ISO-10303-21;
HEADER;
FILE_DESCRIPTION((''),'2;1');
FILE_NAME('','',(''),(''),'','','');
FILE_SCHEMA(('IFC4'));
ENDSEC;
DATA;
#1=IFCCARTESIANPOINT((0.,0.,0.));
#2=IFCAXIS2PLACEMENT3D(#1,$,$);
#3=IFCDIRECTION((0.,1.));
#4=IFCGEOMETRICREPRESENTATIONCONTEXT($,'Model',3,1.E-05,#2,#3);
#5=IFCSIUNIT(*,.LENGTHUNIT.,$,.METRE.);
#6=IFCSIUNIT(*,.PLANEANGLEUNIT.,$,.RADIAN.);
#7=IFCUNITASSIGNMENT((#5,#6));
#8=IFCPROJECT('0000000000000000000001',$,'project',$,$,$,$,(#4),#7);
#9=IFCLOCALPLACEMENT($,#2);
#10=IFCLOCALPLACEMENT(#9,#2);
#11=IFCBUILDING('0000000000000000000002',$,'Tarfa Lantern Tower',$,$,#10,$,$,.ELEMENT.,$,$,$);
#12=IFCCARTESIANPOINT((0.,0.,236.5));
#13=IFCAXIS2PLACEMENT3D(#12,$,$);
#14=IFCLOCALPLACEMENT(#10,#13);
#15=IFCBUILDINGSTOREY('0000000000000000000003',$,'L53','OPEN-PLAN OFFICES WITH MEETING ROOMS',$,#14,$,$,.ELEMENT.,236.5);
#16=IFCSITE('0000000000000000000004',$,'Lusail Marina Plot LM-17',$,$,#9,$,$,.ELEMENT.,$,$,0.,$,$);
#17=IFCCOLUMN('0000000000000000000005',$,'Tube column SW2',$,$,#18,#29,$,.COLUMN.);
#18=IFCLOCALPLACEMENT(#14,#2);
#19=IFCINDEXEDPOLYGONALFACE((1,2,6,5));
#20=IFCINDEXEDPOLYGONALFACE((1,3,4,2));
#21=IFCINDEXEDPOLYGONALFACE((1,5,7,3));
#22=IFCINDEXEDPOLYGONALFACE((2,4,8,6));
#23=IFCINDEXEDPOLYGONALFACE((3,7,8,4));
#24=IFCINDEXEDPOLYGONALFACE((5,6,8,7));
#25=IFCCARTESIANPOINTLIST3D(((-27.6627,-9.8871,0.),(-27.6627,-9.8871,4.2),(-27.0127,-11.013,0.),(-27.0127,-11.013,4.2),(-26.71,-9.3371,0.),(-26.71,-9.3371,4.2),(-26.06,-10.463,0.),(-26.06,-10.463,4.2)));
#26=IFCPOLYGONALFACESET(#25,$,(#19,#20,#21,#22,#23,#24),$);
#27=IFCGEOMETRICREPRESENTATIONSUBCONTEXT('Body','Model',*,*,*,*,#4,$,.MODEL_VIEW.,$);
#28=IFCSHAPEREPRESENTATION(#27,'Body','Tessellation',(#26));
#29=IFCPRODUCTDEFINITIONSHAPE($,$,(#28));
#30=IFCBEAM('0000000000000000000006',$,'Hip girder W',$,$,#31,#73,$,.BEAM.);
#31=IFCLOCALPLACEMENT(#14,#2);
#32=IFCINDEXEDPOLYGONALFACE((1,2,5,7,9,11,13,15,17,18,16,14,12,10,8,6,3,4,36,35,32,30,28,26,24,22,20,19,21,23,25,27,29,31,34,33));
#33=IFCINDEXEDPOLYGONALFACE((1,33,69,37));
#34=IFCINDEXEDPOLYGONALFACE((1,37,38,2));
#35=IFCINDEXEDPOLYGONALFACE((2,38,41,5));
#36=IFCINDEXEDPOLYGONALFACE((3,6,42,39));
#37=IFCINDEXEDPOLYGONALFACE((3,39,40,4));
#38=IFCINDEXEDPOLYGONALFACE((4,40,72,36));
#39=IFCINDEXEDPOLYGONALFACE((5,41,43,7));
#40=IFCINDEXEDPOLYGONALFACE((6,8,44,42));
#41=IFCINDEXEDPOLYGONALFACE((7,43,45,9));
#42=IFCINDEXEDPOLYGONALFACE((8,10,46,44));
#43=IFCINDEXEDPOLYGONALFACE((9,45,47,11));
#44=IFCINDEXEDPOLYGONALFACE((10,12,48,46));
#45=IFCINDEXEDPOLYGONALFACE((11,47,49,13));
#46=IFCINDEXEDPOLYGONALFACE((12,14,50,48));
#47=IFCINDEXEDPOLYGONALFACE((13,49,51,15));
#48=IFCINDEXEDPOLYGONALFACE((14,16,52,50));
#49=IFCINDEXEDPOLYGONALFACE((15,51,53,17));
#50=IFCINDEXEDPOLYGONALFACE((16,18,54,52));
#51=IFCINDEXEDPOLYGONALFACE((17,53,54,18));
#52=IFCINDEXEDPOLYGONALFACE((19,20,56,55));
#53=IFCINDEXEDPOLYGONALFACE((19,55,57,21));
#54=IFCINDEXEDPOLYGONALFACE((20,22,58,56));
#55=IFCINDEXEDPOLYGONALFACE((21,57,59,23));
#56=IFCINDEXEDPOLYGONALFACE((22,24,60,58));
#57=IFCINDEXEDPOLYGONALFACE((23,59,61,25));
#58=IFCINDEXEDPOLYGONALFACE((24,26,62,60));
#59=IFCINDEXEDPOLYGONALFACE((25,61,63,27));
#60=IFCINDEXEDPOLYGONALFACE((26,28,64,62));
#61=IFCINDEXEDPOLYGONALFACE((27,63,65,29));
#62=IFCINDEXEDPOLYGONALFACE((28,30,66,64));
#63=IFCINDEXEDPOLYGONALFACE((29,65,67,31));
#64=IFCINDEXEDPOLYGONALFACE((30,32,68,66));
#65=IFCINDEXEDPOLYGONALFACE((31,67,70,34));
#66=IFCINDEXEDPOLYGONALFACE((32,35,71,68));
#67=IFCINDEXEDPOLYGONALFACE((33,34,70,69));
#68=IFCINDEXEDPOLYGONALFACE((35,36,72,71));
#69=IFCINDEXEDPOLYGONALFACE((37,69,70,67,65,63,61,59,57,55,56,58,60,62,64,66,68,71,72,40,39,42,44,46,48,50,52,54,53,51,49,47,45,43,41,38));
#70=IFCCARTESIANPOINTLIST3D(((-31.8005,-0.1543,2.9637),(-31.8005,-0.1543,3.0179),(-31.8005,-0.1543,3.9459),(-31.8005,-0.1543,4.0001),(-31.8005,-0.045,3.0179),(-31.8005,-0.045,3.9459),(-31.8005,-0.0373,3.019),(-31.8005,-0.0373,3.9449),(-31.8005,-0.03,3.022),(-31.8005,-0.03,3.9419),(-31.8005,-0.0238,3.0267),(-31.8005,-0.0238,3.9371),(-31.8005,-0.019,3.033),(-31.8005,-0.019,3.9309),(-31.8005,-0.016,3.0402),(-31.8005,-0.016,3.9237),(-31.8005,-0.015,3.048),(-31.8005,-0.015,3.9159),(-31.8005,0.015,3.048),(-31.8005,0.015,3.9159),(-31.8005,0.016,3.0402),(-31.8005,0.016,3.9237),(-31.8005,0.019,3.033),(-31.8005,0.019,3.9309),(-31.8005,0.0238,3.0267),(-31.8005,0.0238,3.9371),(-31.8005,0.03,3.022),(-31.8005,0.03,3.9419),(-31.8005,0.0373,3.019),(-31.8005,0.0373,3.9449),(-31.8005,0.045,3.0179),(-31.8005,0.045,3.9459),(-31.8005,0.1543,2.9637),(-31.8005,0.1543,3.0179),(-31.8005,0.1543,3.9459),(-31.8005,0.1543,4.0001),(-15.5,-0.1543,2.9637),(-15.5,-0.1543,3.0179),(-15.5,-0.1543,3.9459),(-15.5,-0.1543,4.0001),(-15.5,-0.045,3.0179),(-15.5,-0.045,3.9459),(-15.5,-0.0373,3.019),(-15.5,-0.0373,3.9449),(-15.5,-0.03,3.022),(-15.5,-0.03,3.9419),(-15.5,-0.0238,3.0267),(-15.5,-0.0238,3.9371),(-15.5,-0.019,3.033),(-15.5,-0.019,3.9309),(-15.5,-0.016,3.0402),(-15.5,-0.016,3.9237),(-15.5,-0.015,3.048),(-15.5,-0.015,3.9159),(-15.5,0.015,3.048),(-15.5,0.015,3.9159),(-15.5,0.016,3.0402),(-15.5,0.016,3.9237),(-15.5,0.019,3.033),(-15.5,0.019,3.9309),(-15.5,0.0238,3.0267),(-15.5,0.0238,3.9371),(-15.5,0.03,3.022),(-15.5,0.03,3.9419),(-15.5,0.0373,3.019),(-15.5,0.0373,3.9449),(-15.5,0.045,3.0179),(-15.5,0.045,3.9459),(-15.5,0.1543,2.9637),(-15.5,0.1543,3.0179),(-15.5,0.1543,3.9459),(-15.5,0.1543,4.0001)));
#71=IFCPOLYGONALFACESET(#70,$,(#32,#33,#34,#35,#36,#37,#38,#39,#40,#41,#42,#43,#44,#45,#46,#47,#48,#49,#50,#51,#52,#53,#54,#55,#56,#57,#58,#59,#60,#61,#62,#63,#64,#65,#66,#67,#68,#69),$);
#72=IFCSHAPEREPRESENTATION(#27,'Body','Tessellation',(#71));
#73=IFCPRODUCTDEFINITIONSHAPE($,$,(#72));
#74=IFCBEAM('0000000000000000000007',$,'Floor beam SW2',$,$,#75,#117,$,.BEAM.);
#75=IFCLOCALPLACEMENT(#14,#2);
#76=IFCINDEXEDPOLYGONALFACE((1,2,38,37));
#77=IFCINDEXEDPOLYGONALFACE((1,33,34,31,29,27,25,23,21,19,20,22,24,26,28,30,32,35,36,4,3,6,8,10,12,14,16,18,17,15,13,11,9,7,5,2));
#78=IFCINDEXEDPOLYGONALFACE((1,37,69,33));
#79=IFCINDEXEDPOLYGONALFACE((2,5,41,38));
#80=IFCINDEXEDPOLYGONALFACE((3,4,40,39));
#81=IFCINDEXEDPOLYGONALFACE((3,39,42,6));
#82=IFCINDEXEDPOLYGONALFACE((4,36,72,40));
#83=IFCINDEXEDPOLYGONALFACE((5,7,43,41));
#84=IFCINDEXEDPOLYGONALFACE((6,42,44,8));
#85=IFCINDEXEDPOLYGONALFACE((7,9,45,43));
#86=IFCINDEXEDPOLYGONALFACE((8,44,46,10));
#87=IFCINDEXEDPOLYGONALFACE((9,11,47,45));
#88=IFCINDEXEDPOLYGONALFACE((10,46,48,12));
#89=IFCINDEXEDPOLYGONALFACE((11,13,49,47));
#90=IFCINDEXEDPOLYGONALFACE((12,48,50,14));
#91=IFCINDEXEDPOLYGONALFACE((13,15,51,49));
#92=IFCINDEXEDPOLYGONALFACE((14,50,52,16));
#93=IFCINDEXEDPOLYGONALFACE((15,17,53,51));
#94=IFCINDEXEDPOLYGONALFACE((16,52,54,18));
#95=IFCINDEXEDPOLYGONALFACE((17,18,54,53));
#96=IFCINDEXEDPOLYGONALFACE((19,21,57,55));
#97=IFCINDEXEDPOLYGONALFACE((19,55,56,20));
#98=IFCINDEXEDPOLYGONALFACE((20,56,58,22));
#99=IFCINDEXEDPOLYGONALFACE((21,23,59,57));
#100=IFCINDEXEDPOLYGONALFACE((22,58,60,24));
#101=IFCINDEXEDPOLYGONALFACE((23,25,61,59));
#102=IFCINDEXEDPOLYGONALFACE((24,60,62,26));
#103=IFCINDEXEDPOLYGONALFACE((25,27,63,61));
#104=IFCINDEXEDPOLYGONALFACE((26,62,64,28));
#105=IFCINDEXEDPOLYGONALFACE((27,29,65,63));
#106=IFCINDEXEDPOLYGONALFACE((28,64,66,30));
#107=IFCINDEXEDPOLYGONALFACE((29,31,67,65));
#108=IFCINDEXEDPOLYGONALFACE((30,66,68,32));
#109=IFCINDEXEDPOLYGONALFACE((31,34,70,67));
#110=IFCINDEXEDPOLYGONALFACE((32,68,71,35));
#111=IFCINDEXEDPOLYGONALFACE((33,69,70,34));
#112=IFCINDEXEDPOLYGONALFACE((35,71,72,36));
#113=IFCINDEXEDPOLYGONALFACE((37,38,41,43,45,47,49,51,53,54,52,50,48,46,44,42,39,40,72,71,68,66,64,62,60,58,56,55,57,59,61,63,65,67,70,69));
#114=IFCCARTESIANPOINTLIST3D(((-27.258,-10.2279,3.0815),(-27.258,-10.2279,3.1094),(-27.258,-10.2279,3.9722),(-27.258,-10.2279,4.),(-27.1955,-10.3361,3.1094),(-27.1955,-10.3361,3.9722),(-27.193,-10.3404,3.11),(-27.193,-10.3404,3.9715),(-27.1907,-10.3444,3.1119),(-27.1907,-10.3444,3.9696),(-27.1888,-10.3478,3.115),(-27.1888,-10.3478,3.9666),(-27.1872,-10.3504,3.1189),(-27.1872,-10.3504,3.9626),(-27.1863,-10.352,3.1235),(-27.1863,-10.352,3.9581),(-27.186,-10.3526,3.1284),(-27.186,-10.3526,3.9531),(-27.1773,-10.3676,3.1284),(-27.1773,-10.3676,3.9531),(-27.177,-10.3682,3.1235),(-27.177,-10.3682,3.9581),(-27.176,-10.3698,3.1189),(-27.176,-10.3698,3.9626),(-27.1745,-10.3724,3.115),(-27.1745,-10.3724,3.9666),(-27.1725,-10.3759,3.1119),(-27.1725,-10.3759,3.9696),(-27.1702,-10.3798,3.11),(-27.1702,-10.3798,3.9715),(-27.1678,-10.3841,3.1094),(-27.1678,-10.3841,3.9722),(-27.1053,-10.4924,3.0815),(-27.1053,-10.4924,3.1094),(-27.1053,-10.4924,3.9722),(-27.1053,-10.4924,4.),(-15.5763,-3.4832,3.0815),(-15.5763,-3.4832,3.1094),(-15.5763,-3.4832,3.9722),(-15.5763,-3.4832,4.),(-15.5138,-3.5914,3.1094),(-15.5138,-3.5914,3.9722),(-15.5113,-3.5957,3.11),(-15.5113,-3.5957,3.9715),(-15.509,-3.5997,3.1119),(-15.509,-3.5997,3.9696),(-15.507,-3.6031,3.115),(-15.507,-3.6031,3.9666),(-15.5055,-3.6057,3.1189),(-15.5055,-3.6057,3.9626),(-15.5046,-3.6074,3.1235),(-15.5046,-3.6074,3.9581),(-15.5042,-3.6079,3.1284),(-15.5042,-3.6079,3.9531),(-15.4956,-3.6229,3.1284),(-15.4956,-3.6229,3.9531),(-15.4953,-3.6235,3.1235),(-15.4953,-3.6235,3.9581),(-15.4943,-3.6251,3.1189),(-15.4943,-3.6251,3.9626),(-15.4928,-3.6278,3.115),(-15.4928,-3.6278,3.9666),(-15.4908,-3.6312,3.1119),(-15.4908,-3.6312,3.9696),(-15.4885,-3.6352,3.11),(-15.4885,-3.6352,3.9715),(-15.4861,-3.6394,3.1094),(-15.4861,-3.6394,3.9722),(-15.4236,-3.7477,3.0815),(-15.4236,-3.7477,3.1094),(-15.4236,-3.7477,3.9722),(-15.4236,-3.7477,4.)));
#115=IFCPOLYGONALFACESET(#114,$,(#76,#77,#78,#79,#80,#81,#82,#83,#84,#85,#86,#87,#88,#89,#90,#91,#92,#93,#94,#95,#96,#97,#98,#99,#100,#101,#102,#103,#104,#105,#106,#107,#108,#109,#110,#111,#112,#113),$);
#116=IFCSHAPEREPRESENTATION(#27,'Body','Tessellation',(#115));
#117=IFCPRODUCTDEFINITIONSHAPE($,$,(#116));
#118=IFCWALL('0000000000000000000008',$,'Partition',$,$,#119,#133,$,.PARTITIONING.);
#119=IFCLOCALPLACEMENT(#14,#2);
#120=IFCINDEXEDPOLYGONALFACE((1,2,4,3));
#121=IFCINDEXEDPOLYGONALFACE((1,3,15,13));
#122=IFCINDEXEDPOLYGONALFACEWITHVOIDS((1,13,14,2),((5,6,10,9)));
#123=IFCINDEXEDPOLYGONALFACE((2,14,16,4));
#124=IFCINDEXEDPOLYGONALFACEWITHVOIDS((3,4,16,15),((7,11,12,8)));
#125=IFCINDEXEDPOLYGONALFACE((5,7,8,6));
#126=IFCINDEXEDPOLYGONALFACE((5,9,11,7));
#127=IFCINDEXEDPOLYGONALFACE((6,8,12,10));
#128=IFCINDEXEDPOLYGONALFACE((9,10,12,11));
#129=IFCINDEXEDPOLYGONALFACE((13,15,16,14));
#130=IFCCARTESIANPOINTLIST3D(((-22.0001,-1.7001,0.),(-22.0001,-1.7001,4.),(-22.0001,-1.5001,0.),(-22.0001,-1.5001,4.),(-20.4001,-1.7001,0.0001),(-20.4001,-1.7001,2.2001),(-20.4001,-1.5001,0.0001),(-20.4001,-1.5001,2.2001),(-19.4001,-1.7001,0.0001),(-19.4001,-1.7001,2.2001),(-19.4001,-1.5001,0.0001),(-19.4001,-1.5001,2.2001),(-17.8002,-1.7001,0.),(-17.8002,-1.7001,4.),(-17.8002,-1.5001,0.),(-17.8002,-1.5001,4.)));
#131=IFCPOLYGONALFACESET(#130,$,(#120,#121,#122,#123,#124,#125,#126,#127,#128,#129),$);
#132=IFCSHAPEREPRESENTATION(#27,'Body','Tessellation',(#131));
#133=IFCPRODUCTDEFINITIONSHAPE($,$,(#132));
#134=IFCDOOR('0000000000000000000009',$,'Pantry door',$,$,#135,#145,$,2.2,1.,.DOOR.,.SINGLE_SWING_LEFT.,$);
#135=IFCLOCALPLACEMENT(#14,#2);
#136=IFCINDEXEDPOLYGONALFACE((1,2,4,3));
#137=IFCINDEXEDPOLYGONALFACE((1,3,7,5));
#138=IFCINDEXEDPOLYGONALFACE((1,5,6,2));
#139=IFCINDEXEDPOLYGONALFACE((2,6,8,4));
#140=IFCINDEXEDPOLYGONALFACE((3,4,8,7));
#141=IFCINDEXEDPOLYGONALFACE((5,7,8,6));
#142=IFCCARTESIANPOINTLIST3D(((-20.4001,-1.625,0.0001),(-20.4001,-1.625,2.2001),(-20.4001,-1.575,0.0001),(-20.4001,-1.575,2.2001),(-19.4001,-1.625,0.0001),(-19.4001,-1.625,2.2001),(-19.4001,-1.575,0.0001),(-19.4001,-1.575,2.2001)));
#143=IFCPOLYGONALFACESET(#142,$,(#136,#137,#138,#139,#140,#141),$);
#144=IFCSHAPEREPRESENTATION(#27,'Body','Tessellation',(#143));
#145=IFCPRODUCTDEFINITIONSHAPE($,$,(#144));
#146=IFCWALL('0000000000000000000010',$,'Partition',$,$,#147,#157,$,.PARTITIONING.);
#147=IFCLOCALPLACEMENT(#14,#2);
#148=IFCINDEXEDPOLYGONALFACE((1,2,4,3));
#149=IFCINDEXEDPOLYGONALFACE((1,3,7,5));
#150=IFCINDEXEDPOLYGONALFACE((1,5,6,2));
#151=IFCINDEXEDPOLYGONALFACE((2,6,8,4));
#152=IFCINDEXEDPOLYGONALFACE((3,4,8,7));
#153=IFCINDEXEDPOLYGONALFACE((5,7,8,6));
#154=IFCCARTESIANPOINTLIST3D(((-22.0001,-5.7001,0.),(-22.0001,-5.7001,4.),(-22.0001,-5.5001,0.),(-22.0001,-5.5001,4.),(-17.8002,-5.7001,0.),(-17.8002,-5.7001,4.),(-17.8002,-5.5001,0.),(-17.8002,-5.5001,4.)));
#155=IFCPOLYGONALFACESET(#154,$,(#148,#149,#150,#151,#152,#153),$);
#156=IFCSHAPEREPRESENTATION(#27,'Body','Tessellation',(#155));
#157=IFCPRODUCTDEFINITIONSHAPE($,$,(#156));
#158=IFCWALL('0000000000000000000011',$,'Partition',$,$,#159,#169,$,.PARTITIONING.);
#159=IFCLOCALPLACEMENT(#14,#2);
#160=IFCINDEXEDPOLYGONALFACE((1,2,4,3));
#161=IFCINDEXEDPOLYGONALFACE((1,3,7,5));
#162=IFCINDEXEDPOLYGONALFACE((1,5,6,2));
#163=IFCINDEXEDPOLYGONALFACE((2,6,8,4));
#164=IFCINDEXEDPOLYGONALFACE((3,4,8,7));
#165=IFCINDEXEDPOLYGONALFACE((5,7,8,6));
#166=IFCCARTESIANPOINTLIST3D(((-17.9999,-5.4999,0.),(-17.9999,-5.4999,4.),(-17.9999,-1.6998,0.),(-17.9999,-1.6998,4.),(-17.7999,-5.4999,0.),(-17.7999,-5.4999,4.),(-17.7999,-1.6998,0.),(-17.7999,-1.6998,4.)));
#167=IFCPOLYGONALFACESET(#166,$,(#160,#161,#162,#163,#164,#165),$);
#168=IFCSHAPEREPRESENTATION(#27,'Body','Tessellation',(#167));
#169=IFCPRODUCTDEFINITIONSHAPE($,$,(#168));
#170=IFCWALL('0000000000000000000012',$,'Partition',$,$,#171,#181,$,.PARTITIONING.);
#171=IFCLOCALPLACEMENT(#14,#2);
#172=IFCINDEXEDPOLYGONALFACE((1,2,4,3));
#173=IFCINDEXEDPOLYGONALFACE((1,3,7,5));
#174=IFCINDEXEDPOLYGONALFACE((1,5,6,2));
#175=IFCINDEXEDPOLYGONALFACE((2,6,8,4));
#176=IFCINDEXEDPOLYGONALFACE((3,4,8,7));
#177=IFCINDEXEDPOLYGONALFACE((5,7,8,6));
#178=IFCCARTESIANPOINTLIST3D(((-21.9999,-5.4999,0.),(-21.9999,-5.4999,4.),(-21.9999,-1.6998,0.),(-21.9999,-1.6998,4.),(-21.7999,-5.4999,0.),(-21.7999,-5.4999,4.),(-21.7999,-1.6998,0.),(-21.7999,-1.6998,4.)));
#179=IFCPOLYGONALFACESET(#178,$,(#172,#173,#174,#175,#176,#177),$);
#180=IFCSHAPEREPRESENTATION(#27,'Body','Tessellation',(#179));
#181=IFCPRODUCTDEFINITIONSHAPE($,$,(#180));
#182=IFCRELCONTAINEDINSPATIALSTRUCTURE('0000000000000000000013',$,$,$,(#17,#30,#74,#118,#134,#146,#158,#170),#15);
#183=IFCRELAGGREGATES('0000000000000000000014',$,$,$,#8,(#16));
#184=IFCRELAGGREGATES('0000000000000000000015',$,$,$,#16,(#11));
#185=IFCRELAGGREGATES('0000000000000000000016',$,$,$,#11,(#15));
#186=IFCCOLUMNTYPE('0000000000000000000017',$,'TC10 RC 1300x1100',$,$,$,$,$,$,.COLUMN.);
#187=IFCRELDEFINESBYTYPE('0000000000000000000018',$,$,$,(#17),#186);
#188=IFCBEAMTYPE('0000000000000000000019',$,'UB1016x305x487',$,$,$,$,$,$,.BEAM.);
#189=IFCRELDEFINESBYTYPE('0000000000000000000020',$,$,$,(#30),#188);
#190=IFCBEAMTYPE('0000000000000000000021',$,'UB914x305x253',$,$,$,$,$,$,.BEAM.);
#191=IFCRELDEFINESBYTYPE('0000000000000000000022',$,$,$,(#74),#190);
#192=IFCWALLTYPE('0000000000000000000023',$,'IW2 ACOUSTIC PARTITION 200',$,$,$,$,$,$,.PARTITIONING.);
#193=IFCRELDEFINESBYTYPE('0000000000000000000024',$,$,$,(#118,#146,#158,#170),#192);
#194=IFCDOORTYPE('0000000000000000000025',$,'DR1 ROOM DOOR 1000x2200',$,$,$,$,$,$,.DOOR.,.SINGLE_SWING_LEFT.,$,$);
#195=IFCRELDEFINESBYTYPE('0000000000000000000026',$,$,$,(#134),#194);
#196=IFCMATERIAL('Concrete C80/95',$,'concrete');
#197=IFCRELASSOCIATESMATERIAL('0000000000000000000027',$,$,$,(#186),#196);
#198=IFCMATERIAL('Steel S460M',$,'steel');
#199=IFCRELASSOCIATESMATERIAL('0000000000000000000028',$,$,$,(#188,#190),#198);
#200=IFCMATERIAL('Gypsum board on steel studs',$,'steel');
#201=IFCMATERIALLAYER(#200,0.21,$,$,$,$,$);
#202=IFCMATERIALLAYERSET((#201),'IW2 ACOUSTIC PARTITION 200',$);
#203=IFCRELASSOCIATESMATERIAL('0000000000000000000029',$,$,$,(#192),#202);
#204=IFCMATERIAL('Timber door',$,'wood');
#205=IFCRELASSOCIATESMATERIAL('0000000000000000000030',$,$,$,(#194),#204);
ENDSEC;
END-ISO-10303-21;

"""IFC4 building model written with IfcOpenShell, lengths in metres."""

from ifc_helpers import new_model, si_unit, direction, frame, frame_2d, origin, origin_2d, place, context, subcontext, project, spatial, rectangle, i_section, extrude, material, layer, layer_set, material_profile, profile_set, type_object, element, fill, save


model = new_model("IFC4")

# Units and contexts
model_context = context("Model", 3, precision=1e-05, world=origin(), true_north=direction((0.0, 1.0)))
body_context = subcontext(model_context, "Body", "Model", "MODEL_VIEW")
ifc_project = project(units=[si_unit("LENGTHUNIT", "METRE"), si_unit("PLANEANGLEUNIT", "RADIAN")], contexts=[model_context])

# Site, building, storey
site_placement = place(None, origin())
site = spatial("IfcSite", under=ifc_project, at=site_placement, Name="Lusail Marina Plot LM-17", CompositionType="ELEMENT", RefElevation=0.0)
building_placement = place(site_placement, origin())
building = spatial("IfcBuilding", under=site, at=building_placement, Name="Tarfa Lantern Tower", CompositionType="ELEMENT")
storey_placement = place(building_placement, frame((0.0, 0.0, 236.5)))
storey = spatial("IfcBuildingStorey", under=building, at=storey_placement, Name="L53", Description="OPEN-PLAN OFFICES WITH MEETING ROOMS", CompositionType="ELEMENT", Elevation=236.5)

# Column
ifc_material_1 = material(Name="Concrete C80/95", Category="concrete")
ifc_material_profile_1 = material_profile(ifc_material_1, rectangle(XDim=1.3, YDim=1.1001, at=origin_2d()), Name="RC 1300x1100")
ifc_profile_set_1 = profile_set([ifc_material_profile_1], Name="Concrete C80/95")
column_type = type_object("IfcColumnType", Name="TC10 RC 1300x1100", PredefinedType="COLUMN", material=ifc_profile_set_1)
column_placement = place(storey_placement, frame((-26.8613, -10.175, 0.0), z_axis=(0.0, 0.0, 1.0), x_axis=(0.5, -0.866025, 0.0)))
element("IfcColumn", 1, at=column_placement, inside=storey, type_object=column_type, Name="Tube column SW2", PredefinedType="COLUMN", context=body_context, shape_type="SweptSolid", body=[
    extrude(rectangle(XDim=1.3, YDim=1.1001, at=origin_2d()), origin(), (0.0, 0.0, 1.0), 4.2),
])

# Beams
ifc_material_2 = material(Name="Steel S460M", Category="steel")
ifc_material_profile_2 = material_profile(ifc_material_2, i_section(OverallWidth=0.3086, OverallDepth=1.0364, WebThickness=0.03, FlangeThickness=0.0542, FilletRadius=0.03, at=origin_2d()), Name="UB1016x305x487")
ifc_profile_set_2 = profile_set([ifc_material_profile_2], Name="Steel S460M")
beam_type_1 = type_object("IfcBeamType", Name="UB1016x305x487", PredefinedType="BEAM", material=ifc_profile_set_2)
beam_1_placement = place(storey_placement, frame((-15.5, 0.0, 3.4819), z_axis=(-1.0, 0.0, 0.0), x_axis=(0.0, -1.0, 0.0)))
element("IfcBeam", 2, at=beam_1_placement, inside=storey, type_object=beam_type_1, Name="Hip girder W", PredefinedType="BEAM", context=body_context, shape_type="SweptSolid", body=[
    extrude(i_section(OverallWidth=0.3086, OverallDepth=1.0364, WebThickness=0.03, FlangeThickness=0.0542, FilletRadius=0.03, at=origin_2d()), origin(), (0.0, 0.0, 1.0), 16.3005),
])
ifc_material_profile_3 = material_profile(ifc_material_2, i_section(OverallWidth=0.3054, OverallDepth=0.9185, WebThickness=0.0173, FlangeThickness=0.0278, FilletRadius=0.019, at=origin_2d()), Name="UB914x305x253")
ifc_profile_set_3 = profile_set([ifc_material_profile_3], Name="Steel S460M")
beam_type_2 = type_object("IfcBeamType", Name="UB914x305x253", PredefinedType="BEAM", material=ifc_profile_set_3)
beam_2_placement = place(storey_placement, frame((-27.1816, -10.3601, 3.5408), z_axis=(0.866018, 0.500013, 0.0), x_axis=(-0.500013, 0.866018, 0.0)))
element("IfcBeam", 3, at=beam_2_placement, inside=storey, type_object=beam_type_2, Name="Floor beam SW2", PredefinedType="BEAM", context=body_context, shape_type="SweptSolid", body=[
    extrude(i_section(OverallWidth=0.3054, OverallDepth=0.9185, WebThickness=0.0173, FlangeThickness=0.0278, FilletRadius=0.019, at=origin_2d()), origin(), (0.0, 0.0, 1.0), 13.489),
])

# Wall, opening, door
ifc_material_3 = material(Name="Gypsum board on steel studs", Category="steel")
ifc_layer_1 = layer(ifc_material_3, 0.21)
ifc_layer_set_1 = layer_set([ifc_layer_1], Name="IW2 ACOUSTIC PARTITION 200")
wall_type_1 = type_object("IfcWallType", Name="IW2 ACOUSTIC PARTITION 200", PredefinedType="PARTITIONING", material=ifc_layer_set_1)
wall_1_placement = place(storey_placement, frame((-17.8, -1.6001, 0.0), z_axis=(0.0, 0.0, 1.0), x_axis=(-1.0, 0.0, 0.0)))
wall_1 = element("IfcWall", 4, at=wall_1_placement, inside=storey, type_object=wall_type_1, Name="Partition", PredefinedType="PARTITIONING", context=body_context, shape_type="SweptSolid", body=[
    extrude(rectangle(XDim=4.2, YDim=0.2, at=frame_2d((2.1001, 0.0))), origin(), (0.0, 0.0, 1.0), 4.0),
])
opening_1_placement = place(wall_1_placement, frame((1.6001, 0.0, 0.0)))
opening_1 = element("IfcOpeningElement", 5, at=opening_1_placement, cuts=wall_1, PredefinedType="OPENING", context=body_context, shape_type="SweptSolid", body=[
    extrude(rectangle(XDim=1.0, YDim=2.2, at=frame_2d((0.5, 1.1001))), frame((0.0, 0.1099, 0.0), z_axis=(0.0, -1.0, 0.0), x_axis=(1.0, 0.0, 0.0)), (0.0, 0.0, 1.0), 0.22),
])
ifc_material_4 = material(Name="Timber door", Category="wood")
door_type_1 = type_object("IfcDoorType", Name="DR1 ROOM DOOR 1000x2200", OperationType="SINGLE_SWING_LEFT", PredefinedType="DOOR", material=ifc_material_4)
door_1_placement = place(opening_1_placement, origin())
door_1 = element("IfcDoor", 6, at=door_1_placement, inside=storey, type_object=door_type_1, Name="Pantry door", OperationType="SINGLE_SWING_LEFT", OverallHeight=2.2, OverallWidth=1.0, PredefinedType="DOOR", context=body_context, shape_type="SweptSolid", body=[
    extrude(rectangle(XDim=1.0, YDim=2.2, at=frame_2d((0.5, 1.1001))), frame((0.0, 0.0249, 0.0), z_axis=(0.0, -1.0, 0.0), x_axis=(1.0, 0.0, 0.0)), (0.0, 0.0, 1.0), 0.05),
])
fill(opening_1, door_1)

# Walls
wall_2_placement = place(storey_placement, frame((-17.8, -5.6001, 0.0), z_axis=(0.0, 0.0, 1.0), x_axis=(-1.0, 0.0, 0.0)))
element("IfcWall", 7, at=wall_2_placement, inside=storey, type_object=wall_type_1, Name="Partition", PredefinedType="PARTITIONING", context=body_context, shape_type="SweptSolid", body=[
    extrude(rectangle(XDim=4.2, YDim=0.2, at=frame_2d((2.1001, 0.0))), origin(), (0.0, 0.0, 1.0), 4.0),
])
for number, where, z_axis, x_axis, name in (
    (8, (-17.8999, -1.7, 0.0), (0.0, 0.0, 1.0), (0.0, -1.0, 0.0), "Partition"),
    (9, (-21.8999, -1.7, 0.0), (0.0, 0.0, 1.0), (0.0, -1.0, 0.0), "Partition"),
):
    element("IfcWall", number, at=place(storey_placement, frame(where, z_axis=z_axis, x_axis=x_axis)), inside=storey, type_object=wall_type_1, Name=name, PredefinedType="PARTITIONING", context=body_context, shape_type="SweptSolid", body=[
        extrude(rectangle(XDim=3.8, YDim=0.2, at=frame_2d((1.8999, 0.0))), origin(), (0.0, 0.0, 1.0), 4.0),
    ])

save(model, "model.ifc")
